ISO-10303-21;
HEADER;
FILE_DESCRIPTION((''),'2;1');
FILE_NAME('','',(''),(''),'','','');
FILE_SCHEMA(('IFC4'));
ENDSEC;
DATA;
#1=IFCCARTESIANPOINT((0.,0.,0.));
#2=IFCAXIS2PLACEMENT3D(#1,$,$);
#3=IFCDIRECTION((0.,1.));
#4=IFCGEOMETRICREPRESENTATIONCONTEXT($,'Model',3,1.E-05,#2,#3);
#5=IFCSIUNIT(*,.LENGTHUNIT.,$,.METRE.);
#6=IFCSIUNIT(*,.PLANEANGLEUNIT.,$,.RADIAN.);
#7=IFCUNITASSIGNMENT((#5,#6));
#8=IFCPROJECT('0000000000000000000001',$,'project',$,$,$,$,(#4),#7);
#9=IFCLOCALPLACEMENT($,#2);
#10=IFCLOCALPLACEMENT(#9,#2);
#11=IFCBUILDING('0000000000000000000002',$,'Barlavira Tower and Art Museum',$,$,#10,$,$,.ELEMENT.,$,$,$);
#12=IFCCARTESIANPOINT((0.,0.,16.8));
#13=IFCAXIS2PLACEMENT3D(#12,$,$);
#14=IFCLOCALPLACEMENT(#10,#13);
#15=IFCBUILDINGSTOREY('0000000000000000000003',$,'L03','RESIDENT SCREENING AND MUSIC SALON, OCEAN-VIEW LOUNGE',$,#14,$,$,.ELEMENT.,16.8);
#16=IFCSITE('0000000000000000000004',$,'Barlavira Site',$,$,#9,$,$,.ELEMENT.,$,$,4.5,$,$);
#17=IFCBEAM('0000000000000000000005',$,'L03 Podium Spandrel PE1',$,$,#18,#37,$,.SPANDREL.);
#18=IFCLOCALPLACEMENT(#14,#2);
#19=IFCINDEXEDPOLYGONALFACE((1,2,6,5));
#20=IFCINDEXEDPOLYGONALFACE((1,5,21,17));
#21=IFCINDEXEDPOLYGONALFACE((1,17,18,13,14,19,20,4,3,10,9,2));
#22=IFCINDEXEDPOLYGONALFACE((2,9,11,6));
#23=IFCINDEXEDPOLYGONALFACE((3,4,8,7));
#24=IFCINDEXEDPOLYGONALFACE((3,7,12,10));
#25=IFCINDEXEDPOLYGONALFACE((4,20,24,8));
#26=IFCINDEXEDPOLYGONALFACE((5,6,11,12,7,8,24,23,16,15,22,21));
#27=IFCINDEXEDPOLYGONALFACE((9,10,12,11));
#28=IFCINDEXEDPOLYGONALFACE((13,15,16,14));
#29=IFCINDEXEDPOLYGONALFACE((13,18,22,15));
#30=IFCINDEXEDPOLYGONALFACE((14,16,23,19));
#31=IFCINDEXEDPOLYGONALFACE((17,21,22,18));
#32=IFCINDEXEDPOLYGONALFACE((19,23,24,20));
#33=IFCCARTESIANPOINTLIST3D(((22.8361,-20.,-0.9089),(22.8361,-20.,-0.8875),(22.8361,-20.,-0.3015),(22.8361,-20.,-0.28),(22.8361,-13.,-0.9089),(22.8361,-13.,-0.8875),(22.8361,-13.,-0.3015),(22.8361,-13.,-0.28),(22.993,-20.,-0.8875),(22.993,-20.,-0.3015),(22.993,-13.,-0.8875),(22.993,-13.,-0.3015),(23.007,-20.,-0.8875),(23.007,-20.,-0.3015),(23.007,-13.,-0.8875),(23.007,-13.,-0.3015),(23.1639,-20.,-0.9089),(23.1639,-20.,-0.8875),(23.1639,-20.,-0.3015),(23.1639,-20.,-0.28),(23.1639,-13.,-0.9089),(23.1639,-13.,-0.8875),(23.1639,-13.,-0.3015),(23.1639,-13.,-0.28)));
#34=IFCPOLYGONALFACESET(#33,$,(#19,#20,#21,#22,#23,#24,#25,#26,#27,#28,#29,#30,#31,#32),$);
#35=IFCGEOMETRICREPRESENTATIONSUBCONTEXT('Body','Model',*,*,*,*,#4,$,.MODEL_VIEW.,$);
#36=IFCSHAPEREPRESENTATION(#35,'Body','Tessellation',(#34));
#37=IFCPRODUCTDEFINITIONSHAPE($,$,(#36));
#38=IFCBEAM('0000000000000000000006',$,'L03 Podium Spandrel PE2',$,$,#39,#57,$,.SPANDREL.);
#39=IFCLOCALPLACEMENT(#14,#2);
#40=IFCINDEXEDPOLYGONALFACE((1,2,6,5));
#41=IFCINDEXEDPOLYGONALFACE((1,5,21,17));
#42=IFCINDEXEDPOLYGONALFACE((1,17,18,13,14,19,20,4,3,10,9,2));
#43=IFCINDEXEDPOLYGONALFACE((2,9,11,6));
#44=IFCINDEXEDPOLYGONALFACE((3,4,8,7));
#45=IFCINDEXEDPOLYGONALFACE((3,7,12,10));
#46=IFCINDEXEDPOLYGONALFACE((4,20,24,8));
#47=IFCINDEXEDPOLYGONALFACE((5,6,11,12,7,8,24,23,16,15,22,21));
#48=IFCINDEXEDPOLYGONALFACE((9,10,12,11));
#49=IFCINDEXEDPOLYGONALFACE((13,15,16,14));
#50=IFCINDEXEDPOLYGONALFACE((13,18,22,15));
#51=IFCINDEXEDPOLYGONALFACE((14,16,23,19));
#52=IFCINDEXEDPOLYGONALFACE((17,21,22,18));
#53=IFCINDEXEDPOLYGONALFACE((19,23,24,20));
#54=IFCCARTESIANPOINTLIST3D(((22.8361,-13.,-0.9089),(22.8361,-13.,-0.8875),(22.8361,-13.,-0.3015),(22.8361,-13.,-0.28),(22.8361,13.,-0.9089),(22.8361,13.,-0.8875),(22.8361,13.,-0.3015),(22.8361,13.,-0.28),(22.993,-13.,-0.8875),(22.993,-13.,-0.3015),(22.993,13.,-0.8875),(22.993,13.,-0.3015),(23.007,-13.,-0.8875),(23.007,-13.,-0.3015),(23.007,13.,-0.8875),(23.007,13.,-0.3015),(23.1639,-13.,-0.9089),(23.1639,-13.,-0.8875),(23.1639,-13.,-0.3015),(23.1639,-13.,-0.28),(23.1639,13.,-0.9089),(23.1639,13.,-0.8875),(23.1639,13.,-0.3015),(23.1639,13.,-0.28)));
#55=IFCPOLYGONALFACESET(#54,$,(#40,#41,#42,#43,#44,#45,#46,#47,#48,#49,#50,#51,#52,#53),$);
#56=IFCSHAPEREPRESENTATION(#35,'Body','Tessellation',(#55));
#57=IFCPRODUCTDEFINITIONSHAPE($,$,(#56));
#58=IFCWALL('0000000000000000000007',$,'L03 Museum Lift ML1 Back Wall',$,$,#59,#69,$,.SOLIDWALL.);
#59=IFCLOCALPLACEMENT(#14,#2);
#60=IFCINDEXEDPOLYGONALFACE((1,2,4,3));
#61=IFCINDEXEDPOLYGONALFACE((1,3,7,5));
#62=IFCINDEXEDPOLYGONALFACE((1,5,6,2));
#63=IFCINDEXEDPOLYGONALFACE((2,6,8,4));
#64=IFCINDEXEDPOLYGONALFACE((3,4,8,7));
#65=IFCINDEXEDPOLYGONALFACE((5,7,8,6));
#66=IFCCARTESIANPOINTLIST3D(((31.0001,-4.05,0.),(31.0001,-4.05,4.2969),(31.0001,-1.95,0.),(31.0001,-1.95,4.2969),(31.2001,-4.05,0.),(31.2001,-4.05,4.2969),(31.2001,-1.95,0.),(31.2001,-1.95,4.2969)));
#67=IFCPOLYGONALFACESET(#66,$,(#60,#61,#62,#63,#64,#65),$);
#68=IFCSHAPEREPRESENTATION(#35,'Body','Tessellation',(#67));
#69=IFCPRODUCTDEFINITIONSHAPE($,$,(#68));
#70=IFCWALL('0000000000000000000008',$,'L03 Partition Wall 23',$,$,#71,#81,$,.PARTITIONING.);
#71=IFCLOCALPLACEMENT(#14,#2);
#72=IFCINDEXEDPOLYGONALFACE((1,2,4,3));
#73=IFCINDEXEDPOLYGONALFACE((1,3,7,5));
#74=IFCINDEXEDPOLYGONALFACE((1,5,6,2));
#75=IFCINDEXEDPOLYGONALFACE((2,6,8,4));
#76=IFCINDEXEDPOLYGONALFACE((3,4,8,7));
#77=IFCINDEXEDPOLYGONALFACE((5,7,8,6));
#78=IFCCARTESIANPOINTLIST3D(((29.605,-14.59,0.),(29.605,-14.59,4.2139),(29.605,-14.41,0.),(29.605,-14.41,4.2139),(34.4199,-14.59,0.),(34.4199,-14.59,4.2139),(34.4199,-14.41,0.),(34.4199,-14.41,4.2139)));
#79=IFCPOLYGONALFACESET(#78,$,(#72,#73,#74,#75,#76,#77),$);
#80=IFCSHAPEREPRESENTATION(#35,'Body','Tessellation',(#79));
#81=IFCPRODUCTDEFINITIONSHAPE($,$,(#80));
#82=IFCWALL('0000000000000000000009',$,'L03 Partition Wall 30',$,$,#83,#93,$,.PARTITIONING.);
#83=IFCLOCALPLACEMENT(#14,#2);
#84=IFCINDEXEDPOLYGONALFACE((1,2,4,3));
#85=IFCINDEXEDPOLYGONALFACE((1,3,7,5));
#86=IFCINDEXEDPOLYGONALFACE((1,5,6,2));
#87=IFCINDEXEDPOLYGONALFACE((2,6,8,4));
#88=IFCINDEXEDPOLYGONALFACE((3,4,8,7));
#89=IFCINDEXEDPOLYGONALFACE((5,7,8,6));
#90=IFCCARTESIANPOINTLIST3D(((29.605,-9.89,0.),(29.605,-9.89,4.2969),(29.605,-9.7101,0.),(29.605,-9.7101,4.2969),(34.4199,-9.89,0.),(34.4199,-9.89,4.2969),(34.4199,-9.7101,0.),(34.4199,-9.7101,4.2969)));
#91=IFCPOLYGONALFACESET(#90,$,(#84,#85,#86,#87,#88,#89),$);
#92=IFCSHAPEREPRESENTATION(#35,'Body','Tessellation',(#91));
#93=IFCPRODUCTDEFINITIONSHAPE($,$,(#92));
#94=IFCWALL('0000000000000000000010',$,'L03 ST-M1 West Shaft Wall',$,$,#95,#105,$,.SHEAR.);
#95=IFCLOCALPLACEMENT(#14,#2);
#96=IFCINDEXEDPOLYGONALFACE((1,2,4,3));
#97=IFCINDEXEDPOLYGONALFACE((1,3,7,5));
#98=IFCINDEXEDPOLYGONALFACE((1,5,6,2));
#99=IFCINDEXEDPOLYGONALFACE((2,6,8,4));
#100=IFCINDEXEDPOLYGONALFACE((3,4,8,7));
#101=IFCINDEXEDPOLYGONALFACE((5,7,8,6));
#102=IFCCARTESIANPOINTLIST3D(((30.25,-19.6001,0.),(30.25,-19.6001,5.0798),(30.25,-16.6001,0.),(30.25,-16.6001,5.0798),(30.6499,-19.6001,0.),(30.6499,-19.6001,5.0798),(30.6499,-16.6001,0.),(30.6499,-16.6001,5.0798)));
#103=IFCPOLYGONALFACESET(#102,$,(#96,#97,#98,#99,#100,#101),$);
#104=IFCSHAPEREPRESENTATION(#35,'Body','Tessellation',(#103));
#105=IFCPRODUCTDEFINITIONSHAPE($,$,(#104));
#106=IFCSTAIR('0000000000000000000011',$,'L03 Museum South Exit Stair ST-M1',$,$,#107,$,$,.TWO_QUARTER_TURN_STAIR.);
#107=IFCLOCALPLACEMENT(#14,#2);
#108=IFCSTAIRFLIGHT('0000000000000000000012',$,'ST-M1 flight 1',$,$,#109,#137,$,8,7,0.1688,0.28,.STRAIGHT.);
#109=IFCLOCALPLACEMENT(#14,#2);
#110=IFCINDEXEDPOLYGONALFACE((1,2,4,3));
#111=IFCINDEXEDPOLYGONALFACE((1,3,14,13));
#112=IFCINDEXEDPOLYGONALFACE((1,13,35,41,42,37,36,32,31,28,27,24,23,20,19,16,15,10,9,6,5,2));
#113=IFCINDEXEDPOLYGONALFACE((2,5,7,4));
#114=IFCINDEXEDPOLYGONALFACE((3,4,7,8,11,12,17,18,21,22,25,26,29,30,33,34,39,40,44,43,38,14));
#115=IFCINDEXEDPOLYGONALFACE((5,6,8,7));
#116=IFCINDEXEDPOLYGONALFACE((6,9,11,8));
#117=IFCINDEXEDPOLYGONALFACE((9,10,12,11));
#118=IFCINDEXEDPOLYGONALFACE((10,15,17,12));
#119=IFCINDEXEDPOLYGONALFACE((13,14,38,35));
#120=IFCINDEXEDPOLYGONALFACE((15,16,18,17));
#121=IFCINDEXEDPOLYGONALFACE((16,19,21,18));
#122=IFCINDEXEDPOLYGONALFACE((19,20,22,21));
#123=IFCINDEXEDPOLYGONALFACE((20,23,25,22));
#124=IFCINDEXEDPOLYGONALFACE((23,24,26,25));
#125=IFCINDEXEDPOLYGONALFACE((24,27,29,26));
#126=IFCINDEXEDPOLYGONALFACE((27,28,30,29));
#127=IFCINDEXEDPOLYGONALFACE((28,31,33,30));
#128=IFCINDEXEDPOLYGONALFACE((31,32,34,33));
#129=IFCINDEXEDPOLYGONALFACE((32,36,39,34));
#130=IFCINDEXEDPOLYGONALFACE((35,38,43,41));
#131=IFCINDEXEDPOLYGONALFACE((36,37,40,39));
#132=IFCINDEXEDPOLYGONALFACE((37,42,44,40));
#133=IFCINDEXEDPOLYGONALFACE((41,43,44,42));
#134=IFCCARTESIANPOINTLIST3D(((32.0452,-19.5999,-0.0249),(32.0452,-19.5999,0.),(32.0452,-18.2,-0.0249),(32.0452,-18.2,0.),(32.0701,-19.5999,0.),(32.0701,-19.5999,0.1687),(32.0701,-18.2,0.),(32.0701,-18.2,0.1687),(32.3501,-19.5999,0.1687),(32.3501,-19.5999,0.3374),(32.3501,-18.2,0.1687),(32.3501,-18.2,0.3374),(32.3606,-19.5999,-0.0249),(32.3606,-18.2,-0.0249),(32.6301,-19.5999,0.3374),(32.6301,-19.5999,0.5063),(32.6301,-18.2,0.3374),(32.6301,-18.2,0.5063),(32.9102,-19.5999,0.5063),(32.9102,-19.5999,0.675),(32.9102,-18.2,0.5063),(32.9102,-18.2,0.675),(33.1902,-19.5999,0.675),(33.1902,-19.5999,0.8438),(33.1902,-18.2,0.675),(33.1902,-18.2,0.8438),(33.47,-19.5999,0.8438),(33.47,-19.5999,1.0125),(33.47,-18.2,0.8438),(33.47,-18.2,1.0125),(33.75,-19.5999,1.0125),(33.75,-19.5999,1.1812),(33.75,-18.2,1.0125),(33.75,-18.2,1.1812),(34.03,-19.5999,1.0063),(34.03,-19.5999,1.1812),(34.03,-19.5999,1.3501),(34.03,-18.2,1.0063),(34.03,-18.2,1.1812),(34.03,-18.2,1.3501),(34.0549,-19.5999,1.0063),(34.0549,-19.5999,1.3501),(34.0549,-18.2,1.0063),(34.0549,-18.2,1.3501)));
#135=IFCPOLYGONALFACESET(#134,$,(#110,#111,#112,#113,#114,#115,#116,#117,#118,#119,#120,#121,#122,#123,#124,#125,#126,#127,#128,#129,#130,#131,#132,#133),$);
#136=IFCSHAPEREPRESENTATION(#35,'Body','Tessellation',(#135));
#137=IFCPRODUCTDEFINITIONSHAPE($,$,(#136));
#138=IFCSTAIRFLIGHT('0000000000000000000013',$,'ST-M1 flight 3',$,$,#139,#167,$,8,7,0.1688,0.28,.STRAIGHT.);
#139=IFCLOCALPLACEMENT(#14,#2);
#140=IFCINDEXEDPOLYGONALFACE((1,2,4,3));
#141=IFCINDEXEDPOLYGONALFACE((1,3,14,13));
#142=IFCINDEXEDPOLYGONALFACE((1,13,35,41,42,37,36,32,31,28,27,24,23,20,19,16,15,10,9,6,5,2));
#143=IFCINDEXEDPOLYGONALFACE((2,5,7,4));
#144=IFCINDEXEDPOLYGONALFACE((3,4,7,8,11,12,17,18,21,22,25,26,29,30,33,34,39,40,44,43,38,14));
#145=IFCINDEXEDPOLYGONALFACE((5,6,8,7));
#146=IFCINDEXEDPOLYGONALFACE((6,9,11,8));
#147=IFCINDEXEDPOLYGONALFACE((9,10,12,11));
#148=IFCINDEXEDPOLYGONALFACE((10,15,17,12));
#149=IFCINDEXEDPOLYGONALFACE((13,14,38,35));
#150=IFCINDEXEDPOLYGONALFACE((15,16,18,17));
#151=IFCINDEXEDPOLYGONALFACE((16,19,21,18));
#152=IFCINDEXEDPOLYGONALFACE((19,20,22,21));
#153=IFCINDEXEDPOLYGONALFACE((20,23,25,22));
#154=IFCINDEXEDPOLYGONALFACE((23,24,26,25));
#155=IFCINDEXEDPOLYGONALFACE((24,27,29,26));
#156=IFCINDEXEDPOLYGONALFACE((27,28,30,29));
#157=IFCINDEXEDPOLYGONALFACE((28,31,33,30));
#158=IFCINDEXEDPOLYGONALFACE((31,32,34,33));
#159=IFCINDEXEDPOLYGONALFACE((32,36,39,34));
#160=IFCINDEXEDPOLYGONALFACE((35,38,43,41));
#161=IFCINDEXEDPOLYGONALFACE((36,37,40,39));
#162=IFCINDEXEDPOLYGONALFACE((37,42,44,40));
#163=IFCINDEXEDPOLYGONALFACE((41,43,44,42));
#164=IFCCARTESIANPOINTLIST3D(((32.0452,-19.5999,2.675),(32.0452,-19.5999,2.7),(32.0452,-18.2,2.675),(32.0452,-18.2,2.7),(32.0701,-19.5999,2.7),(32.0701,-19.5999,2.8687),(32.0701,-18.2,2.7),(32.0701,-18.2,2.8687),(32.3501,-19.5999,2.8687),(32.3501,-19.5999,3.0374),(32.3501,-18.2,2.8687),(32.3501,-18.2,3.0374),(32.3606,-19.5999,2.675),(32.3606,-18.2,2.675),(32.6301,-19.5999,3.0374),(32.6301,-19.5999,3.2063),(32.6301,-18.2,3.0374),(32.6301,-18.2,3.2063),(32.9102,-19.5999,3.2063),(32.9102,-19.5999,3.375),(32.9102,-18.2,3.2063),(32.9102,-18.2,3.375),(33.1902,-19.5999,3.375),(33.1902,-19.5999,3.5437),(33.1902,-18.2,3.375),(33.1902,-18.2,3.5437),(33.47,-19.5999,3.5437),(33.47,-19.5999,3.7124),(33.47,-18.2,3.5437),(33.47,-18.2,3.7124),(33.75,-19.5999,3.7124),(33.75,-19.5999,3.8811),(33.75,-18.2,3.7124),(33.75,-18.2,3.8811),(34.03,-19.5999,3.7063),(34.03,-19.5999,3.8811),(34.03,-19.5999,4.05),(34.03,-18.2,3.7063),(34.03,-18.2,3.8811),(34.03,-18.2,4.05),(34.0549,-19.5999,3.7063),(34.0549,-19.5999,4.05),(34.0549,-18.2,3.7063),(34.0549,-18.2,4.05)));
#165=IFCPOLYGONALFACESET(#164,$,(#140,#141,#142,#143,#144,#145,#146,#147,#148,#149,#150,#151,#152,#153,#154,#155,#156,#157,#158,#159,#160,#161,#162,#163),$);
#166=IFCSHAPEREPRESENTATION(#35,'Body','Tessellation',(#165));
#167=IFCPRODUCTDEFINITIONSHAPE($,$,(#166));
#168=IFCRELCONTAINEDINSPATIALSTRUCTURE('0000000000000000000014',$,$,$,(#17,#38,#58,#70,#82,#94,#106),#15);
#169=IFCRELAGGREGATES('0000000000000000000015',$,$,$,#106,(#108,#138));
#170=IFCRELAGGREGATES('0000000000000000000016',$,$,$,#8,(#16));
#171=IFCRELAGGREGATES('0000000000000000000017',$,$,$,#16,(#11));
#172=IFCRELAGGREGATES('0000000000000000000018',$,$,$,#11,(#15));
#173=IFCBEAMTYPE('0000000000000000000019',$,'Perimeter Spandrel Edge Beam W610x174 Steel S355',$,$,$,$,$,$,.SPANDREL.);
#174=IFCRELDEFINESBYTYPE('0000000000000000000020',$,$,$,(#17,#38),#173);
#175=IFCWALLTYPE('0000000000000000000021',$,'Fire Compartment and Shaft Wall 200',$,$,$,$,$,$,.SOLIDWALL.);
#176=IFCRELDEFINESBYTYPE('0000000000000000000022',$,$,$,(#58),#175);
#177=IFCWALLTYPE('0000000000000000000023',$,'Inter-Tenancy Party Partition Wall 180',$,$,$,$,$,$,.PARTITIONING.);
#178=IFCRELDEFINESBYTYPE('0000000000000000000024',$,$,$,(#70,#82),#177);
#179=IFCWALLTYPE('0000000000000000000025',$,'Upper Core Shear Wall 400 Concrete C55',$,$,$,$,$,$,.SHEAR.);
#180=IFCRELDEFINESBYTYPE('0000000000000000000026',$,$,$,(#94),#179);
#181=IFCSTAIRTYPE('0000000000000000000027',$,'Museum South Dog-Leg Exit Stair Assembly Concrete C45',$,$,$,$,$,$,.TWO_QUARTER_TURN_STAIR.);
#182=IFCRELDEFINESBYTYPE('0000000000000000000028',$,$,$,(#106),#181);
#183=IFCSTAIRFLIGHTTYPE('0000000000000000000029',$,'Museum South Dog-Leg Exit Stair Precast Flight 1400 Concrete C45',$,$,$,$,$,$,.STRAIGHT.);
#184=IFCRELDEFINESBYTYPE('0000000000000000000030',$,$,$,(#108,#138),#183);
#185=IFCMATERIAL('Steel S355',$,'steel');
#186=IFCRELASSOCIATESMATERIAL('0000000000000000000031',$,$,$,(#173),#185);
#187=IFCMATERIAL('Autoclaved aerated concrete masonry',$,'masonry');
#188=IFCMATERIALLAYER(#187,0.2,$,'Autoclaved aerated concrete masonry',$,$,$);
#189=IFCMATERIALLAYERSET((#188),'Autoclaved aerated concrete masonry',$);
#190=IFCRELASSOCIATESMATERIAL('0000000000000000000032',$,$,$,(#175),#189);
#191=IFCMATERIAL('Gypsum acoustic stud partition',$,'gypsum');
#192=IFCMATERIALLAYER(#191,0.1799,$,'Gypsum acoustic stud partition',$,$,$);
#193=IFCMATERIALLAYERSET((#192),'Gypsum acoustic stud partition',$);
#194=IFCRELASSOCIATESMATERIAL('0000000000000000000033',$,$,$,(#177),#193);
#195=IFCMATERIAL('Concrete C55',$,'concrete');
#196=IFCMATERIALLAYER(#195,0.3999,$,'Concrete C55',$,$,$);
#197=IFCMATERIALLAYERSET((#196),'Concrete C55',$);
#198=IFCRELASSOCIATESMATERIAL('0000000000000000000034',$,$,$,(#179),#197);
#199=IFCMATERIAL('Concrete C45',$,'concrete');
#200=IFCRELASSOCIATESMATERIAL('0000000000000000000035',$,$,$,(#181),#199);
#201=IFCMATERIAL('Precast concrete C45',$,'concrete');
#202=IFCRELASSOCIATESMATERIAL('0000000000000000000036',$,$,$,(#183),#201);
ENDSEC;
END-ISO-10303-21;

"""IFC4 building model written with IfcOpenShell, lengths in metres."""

from ifc_helpers import new_model, si_unit, direction, frame, frame_2d, origin, origin_2d, place, context, subcontext, project, spatial, polyline, rectangle, i_section, outline, extrude, material, layer, layer_set, material_profile, profile_set, type_object, element, aggregate, save


model = new_model("IFC4")

# Units and contexts
model_context = context("Model", 3, precision=1e-05, world=origin(), true_north=direction((0.0, 1.0)))
body_context = subcontext(model_context, "Body", "Model", "MODEL_VIEW")
ifc_project = project(units=[si_unit("LENGTHUNIT", "METRE"), si_unit("PLANEANGLEUNIT", "RADIAN")], contexts=[model_context])

# Site, building, storey
site_placement = place(None, origin())
site = spatial("IfcSite", under=ifc_project, at=site_placement, Name="Barlavira Site", CompositionType="ELEMENT", RefElevation=4.5)
building_placement = place(site_placement, origin())
building = spatial("IfcBuilding", under=site, at=building_placement, Name="Barlavira Tower and Art Museum", CompositionType="ELEMENT")
storey_placement = place(building_placement, frame((0.0, 0.0, 16.8)))
storey = spatial("IfcBuildingStorey", under=building, at=storey_placement, Name="L03", Description="RESIDENT SCREENING AND MUSIC SALON, OCEAN-VIEW LOUNGE", CompositionType="ELEMENT", Elevation=16.8)

# Beams
ifc_material_1 = material(Name="Steel S355", Category="steel")
ifc_material_profile_1 = material_profile(ifc_material_1, i_section(OverallWidth=0.3279, OverallDepth=0.6289, WebThickness=0.0139, FlangeThickness=0.0215, at=origin_2d()), Name="W610x174.0")
ifc_profile_set_1 = profile_set([ifc_material_profile_1], Name="Steel S355")
beam_type_1 = type_object("IfcBeamType", Name="Perimeter Spandrel Edge Beam W610x174 Steel S355", PredefinedType="SPANDREL", material=ifc_profile_set_1)
beam_1_placement = place(storey_placement, frame((23.0, -20.0, -0.5945), z_axis=(0.0, 1.0, 0.0), x_axis=(-1.0, 0.0, 0.0)))
element("IfcBeam", 1, at=beam_1_placement, inside=storey, type_object=beam_type_1, Name="L03 Podium Spandrel PE1", PredefinedType="SPANDREL", context=body_context, shape_type="SweptSolid", body=[
    extrude(i_section(OverallWidth=0.3279, OverallDepth=0.6289, WebThickness=0.0139, FlangeThickness=0.0215, at=origin_2d()), origin(), (0.0, 0.0, 1.0), 7.0),
])
beam_2_placement = place(storey_placement, frame((23.0, -13.0, -0.5945), z_axis=(0.0, 1.0, 0.0), x_axis=(-1.0, 0.0, 0.0)))
element("IfcBeam", 2, at=beam_2_placement, inside=storey, type_object=beam_type_1, Name="L03 Podium Spandrel PE2", PredefinedType="SPANDREL", context=body_context, shape_type="SweptSolid", body=[
    extrude(i_section(OverallWidth=0.3279, OverallDepth=0.6289, WebThickness=0.0139, FlangeThickness=0.0215, at=origin_2d()), origin(), (0.0, 0.0, 1.0), 26.0),
])

# Walls
ifc_material_2 = material(Name="Autoclaved aerated concrete masonry", Category="masonry")
ifc_layer_1 = layer(ifc_material_2, 0.2, Name="Autoclaved aerated concrete masonry")
ifc_layer_set_1 = layer_set([ifc_layer_1], Name="Autoclaved aerated concrete masonry")
wall_type_1 = type_object("IfcWallType", Name="Fire Compartment and Shaft Wall 200", PredefinedType="SOLIDWALL", material=ifc_layer_set_1)
wall_1_placement = place(storey_placement, frame((31.1001, -4.05, 0.0), z_axis=(0.0, 0.0, 1.0), x_axis=(0.0, 1.0, 0.0)))
element("IfcWall", 3, at=wall_1_placement, inside=storey, type_object=wall_type_1, Name="L03 Museum Lift ML1 Back Wall", PredefinedType="SOLIDWALL", context=body_context, shape_type="SweptSolid", body=[
    extrude(rectangle(XDim=2.1001, YDim=0.2, at=frame_2d((1.05, 0.0))), origin(), (0.0, 0.0, 1.0), 4.2969),
])
ifc_material_3 = material(Name="Gypsum acoustic stud partition", Category="gypsum")
ifc_layer_2 = layer(ifc_material_3, 0.1799, Name="Gypsum acoustic stud partition")
ifc_layer_set_2 = layer_set([ifc_layer_2], Name="Gypsum acoustic stud partition")
wall_type_2 = type_object("IfcWallType", Name="Inter-Tenancy Party Partition Wall 180", PredefinedType="PARTITIONING", material=ifc_layer_set_2)
wall_2_placement = place(storey_placement, frame((29.605, -14.5, 0.0), z_axis=(0.0, 0.0, 1.0), x_axis=(1.0, 0.0, 0.0)))
element("IfcWall", 4, at=wall_2_placement, inside=storey, type_object=wall_type_2, Name="L03 Partition Wall 23", PredefinedType="PARTITIONING", context=body_context, shape_type="SweptSolid", body=[
    extrude(rectangle(XDim=4.8149, YDim=0.1799, at=frame_2d((2.4075, 0.0))), origin(), (0.0, 0.0, 1.0), 4.2139),
])
wall_3_placement = place(storey_placement, frame((29.605, -9.8, 0.0), z_axis=(0.0, 0.0, 1.0), x_axis=(1.0, 0.0, 0.0)))
element("IfcWall", 5, at=wall_3_placement, inside=storey, type_object=wall_type_2, Name="L03 Partition Wall 30", PredefinedType="PARTITIONING", context=body_context, shape_type="SweptSolid", body=[
    extrude(rectangle(XDim=4.8149, YDim=0.1799, at=frame_2d((2.4075, 0.0))), origin(), (0.0, 0.0, 1.0), 4.2969),
])
ifc_material_4 = material(Name="Concrete C55", Category="concrete")
ifc_layer_3 = layer(ifc_material_4, 0.3999, Name="Concrete C55")
ifc_layer_set_3 = layer_set([ifc_layer_3], Name="Concrete C55")
wall_type_3 = type_object("IfcWallType", Name="Upper Core Shear Wall 400 Concrete C55", PredefinedType="SHEAR", material=ifc_layer_set_3)
wall_4_placement = place(storey_placement, frame((30.45, -19.6001, 0.0), z_axis=(0.0, 0.0, 1.0), x_axis=(0.0, 1.0, 0.0)))
element("IfcWall", 6, at=wall_4_placement, inside=storey, type_object=wall_type_3, Name="L03 ST-M1 West Shaft Wall", PredefinedType="SHEAR", context=body_context, shape_type="SweptSolid", body=[
    extrude(rectangle(XDim=3.0, YDim=0.3999, at=frame_2d((1.5, 0.0))), origin(), (0.0, 0.0, 1.0), 5.0798),
])

# Stair, stair flights
ifc_material_5 = material(Name="Concrete C45", Category="concrete")
stair_type = type_object("IfcStairType", Name="Museum South Dog-Leg Exit Stair Assembly Concrete C45", PredefinedType="TWO_QUARTER_TURN_STAIR", material=ifc_material_5)
stair_placement = place(storey_placement, origin())
stair = element("IfcStair", 7, at=stair_placement, inside=storey, type_object=stair_type, Name="L03 Museum South Exit Stair ST-M1", PredefinedType="TWO_QUARTER_TURN_STAIR")
ifc_material_6 = material(Name="Precast concrete C45", Category="concrete")
stair_flight_type = type_object("IfcStairFlightType", Name="Museum South Dog-Leg Exit Stair Precast Flight 1400 Concrete C45", PredefinedType="STRAIGHT", material=ifc_material_6)
stair_flight_1_placement = place(storey_placement, frame((32.0701, -18.8999, 0.0), z_axis=(0.0, 0.0, 1.0), x_axis=(1.0, 0.0, 0.0)))
stair_flight_1 = element("IfcStairFlight", 8, at=stair_flight_1_placement, type_object=stair_flight_type, Name="ST-M1 flight 1", NumberOfRisers=8, NumberOfTreads=7, PredefinedType="STRAIGHT", RiserHeight=0.1688, TreadLength=0.28, context=body_context, shape_type="SweptSolid", body=[
    extrude(outline(polyline([(-0.0249, 0.0), (0.0, 0.0), (0.0, 0.1687), (0.28, 0.1687), (0.28, 0.3374), (0.5601, 0.3374), (0.5601, 0.5063), (0.8401, 0.5063), (0.8401, 0.675), (1.1201, 0.675), (1.1201, 0.8438), (1.3999, 0.8438), (1.3999, 1.0125), (1.6799, 1.0125), (1.6799, 1.1812), (1.96, 1.1812), (1.96, 1.3501), (1.9849, 1.3501), (1.9849, 1.0063), (1.96, 1.0063), (0.2905, -0.0249), (-0.0249, -0.0249), (-0.0249, 0.0)])), frame((0.0, 0.7, 0.0), z_axis=(0.0, -1.0, 0.0), x_axis=(1.0, 0.0, 0.0)), (0.0, 0.0, 1.0), 1.3999),
])
stair_flight_2_placement = place(storey_placement, frame((32.0701, -18.8999, 2.7), z_axis=(0.0, 0.0, 1.0), x_axis=(1.0, 0.0, 0.0)))
stair_flight_2 = element("IfcStairFlight", 9, at=stair_flight_2_placement, type_object=stair_flight_type, Name="ST-M1 flight 3", NumberOfRisers=8, NumberOfTreads=7, PredefinedType="STRAIGHT", RiserHeight=0.1688, TreadLength=0.28, context=body_context, shape_type="SweptSolid", body=[
    extrude(outline(polyline([(-0.0249, 0.0), (0.0, 0.0), (0.0, 0.1687), (0.28, 0.1687), (0.28, 0.3374), (0.5601, 0.3374), (0.5601, 0.5063), (0.8401, 0.5063), (0.8401, 0.675), (1.1201, 0.675), (1.1201, 0.8438), (1.3999, 0.8438), (1.3999, 1.0125), (1.6799, 1.0125), (1.6799, 1.1812), (1.96, 1.1812), (1.96, 1.3501), (1.9849, 1.3501), (1.9849, 1.0063), (1.96, 1.0063), (0.2905, -0.0249), (-0.0249, -0.0249), (-0.0249, 0.0)])), frame((0.0, 0.7, 0.0), z_axis=(0.0, -1.0, 0.0), x_axis=(1.0, 0.0, 0.0)), (0.0, 0.0, 1.0), 1.3999),
])
aggregate(stair, [stair_flight_1, stair_flight_2])

save(model, "model.ifc")
